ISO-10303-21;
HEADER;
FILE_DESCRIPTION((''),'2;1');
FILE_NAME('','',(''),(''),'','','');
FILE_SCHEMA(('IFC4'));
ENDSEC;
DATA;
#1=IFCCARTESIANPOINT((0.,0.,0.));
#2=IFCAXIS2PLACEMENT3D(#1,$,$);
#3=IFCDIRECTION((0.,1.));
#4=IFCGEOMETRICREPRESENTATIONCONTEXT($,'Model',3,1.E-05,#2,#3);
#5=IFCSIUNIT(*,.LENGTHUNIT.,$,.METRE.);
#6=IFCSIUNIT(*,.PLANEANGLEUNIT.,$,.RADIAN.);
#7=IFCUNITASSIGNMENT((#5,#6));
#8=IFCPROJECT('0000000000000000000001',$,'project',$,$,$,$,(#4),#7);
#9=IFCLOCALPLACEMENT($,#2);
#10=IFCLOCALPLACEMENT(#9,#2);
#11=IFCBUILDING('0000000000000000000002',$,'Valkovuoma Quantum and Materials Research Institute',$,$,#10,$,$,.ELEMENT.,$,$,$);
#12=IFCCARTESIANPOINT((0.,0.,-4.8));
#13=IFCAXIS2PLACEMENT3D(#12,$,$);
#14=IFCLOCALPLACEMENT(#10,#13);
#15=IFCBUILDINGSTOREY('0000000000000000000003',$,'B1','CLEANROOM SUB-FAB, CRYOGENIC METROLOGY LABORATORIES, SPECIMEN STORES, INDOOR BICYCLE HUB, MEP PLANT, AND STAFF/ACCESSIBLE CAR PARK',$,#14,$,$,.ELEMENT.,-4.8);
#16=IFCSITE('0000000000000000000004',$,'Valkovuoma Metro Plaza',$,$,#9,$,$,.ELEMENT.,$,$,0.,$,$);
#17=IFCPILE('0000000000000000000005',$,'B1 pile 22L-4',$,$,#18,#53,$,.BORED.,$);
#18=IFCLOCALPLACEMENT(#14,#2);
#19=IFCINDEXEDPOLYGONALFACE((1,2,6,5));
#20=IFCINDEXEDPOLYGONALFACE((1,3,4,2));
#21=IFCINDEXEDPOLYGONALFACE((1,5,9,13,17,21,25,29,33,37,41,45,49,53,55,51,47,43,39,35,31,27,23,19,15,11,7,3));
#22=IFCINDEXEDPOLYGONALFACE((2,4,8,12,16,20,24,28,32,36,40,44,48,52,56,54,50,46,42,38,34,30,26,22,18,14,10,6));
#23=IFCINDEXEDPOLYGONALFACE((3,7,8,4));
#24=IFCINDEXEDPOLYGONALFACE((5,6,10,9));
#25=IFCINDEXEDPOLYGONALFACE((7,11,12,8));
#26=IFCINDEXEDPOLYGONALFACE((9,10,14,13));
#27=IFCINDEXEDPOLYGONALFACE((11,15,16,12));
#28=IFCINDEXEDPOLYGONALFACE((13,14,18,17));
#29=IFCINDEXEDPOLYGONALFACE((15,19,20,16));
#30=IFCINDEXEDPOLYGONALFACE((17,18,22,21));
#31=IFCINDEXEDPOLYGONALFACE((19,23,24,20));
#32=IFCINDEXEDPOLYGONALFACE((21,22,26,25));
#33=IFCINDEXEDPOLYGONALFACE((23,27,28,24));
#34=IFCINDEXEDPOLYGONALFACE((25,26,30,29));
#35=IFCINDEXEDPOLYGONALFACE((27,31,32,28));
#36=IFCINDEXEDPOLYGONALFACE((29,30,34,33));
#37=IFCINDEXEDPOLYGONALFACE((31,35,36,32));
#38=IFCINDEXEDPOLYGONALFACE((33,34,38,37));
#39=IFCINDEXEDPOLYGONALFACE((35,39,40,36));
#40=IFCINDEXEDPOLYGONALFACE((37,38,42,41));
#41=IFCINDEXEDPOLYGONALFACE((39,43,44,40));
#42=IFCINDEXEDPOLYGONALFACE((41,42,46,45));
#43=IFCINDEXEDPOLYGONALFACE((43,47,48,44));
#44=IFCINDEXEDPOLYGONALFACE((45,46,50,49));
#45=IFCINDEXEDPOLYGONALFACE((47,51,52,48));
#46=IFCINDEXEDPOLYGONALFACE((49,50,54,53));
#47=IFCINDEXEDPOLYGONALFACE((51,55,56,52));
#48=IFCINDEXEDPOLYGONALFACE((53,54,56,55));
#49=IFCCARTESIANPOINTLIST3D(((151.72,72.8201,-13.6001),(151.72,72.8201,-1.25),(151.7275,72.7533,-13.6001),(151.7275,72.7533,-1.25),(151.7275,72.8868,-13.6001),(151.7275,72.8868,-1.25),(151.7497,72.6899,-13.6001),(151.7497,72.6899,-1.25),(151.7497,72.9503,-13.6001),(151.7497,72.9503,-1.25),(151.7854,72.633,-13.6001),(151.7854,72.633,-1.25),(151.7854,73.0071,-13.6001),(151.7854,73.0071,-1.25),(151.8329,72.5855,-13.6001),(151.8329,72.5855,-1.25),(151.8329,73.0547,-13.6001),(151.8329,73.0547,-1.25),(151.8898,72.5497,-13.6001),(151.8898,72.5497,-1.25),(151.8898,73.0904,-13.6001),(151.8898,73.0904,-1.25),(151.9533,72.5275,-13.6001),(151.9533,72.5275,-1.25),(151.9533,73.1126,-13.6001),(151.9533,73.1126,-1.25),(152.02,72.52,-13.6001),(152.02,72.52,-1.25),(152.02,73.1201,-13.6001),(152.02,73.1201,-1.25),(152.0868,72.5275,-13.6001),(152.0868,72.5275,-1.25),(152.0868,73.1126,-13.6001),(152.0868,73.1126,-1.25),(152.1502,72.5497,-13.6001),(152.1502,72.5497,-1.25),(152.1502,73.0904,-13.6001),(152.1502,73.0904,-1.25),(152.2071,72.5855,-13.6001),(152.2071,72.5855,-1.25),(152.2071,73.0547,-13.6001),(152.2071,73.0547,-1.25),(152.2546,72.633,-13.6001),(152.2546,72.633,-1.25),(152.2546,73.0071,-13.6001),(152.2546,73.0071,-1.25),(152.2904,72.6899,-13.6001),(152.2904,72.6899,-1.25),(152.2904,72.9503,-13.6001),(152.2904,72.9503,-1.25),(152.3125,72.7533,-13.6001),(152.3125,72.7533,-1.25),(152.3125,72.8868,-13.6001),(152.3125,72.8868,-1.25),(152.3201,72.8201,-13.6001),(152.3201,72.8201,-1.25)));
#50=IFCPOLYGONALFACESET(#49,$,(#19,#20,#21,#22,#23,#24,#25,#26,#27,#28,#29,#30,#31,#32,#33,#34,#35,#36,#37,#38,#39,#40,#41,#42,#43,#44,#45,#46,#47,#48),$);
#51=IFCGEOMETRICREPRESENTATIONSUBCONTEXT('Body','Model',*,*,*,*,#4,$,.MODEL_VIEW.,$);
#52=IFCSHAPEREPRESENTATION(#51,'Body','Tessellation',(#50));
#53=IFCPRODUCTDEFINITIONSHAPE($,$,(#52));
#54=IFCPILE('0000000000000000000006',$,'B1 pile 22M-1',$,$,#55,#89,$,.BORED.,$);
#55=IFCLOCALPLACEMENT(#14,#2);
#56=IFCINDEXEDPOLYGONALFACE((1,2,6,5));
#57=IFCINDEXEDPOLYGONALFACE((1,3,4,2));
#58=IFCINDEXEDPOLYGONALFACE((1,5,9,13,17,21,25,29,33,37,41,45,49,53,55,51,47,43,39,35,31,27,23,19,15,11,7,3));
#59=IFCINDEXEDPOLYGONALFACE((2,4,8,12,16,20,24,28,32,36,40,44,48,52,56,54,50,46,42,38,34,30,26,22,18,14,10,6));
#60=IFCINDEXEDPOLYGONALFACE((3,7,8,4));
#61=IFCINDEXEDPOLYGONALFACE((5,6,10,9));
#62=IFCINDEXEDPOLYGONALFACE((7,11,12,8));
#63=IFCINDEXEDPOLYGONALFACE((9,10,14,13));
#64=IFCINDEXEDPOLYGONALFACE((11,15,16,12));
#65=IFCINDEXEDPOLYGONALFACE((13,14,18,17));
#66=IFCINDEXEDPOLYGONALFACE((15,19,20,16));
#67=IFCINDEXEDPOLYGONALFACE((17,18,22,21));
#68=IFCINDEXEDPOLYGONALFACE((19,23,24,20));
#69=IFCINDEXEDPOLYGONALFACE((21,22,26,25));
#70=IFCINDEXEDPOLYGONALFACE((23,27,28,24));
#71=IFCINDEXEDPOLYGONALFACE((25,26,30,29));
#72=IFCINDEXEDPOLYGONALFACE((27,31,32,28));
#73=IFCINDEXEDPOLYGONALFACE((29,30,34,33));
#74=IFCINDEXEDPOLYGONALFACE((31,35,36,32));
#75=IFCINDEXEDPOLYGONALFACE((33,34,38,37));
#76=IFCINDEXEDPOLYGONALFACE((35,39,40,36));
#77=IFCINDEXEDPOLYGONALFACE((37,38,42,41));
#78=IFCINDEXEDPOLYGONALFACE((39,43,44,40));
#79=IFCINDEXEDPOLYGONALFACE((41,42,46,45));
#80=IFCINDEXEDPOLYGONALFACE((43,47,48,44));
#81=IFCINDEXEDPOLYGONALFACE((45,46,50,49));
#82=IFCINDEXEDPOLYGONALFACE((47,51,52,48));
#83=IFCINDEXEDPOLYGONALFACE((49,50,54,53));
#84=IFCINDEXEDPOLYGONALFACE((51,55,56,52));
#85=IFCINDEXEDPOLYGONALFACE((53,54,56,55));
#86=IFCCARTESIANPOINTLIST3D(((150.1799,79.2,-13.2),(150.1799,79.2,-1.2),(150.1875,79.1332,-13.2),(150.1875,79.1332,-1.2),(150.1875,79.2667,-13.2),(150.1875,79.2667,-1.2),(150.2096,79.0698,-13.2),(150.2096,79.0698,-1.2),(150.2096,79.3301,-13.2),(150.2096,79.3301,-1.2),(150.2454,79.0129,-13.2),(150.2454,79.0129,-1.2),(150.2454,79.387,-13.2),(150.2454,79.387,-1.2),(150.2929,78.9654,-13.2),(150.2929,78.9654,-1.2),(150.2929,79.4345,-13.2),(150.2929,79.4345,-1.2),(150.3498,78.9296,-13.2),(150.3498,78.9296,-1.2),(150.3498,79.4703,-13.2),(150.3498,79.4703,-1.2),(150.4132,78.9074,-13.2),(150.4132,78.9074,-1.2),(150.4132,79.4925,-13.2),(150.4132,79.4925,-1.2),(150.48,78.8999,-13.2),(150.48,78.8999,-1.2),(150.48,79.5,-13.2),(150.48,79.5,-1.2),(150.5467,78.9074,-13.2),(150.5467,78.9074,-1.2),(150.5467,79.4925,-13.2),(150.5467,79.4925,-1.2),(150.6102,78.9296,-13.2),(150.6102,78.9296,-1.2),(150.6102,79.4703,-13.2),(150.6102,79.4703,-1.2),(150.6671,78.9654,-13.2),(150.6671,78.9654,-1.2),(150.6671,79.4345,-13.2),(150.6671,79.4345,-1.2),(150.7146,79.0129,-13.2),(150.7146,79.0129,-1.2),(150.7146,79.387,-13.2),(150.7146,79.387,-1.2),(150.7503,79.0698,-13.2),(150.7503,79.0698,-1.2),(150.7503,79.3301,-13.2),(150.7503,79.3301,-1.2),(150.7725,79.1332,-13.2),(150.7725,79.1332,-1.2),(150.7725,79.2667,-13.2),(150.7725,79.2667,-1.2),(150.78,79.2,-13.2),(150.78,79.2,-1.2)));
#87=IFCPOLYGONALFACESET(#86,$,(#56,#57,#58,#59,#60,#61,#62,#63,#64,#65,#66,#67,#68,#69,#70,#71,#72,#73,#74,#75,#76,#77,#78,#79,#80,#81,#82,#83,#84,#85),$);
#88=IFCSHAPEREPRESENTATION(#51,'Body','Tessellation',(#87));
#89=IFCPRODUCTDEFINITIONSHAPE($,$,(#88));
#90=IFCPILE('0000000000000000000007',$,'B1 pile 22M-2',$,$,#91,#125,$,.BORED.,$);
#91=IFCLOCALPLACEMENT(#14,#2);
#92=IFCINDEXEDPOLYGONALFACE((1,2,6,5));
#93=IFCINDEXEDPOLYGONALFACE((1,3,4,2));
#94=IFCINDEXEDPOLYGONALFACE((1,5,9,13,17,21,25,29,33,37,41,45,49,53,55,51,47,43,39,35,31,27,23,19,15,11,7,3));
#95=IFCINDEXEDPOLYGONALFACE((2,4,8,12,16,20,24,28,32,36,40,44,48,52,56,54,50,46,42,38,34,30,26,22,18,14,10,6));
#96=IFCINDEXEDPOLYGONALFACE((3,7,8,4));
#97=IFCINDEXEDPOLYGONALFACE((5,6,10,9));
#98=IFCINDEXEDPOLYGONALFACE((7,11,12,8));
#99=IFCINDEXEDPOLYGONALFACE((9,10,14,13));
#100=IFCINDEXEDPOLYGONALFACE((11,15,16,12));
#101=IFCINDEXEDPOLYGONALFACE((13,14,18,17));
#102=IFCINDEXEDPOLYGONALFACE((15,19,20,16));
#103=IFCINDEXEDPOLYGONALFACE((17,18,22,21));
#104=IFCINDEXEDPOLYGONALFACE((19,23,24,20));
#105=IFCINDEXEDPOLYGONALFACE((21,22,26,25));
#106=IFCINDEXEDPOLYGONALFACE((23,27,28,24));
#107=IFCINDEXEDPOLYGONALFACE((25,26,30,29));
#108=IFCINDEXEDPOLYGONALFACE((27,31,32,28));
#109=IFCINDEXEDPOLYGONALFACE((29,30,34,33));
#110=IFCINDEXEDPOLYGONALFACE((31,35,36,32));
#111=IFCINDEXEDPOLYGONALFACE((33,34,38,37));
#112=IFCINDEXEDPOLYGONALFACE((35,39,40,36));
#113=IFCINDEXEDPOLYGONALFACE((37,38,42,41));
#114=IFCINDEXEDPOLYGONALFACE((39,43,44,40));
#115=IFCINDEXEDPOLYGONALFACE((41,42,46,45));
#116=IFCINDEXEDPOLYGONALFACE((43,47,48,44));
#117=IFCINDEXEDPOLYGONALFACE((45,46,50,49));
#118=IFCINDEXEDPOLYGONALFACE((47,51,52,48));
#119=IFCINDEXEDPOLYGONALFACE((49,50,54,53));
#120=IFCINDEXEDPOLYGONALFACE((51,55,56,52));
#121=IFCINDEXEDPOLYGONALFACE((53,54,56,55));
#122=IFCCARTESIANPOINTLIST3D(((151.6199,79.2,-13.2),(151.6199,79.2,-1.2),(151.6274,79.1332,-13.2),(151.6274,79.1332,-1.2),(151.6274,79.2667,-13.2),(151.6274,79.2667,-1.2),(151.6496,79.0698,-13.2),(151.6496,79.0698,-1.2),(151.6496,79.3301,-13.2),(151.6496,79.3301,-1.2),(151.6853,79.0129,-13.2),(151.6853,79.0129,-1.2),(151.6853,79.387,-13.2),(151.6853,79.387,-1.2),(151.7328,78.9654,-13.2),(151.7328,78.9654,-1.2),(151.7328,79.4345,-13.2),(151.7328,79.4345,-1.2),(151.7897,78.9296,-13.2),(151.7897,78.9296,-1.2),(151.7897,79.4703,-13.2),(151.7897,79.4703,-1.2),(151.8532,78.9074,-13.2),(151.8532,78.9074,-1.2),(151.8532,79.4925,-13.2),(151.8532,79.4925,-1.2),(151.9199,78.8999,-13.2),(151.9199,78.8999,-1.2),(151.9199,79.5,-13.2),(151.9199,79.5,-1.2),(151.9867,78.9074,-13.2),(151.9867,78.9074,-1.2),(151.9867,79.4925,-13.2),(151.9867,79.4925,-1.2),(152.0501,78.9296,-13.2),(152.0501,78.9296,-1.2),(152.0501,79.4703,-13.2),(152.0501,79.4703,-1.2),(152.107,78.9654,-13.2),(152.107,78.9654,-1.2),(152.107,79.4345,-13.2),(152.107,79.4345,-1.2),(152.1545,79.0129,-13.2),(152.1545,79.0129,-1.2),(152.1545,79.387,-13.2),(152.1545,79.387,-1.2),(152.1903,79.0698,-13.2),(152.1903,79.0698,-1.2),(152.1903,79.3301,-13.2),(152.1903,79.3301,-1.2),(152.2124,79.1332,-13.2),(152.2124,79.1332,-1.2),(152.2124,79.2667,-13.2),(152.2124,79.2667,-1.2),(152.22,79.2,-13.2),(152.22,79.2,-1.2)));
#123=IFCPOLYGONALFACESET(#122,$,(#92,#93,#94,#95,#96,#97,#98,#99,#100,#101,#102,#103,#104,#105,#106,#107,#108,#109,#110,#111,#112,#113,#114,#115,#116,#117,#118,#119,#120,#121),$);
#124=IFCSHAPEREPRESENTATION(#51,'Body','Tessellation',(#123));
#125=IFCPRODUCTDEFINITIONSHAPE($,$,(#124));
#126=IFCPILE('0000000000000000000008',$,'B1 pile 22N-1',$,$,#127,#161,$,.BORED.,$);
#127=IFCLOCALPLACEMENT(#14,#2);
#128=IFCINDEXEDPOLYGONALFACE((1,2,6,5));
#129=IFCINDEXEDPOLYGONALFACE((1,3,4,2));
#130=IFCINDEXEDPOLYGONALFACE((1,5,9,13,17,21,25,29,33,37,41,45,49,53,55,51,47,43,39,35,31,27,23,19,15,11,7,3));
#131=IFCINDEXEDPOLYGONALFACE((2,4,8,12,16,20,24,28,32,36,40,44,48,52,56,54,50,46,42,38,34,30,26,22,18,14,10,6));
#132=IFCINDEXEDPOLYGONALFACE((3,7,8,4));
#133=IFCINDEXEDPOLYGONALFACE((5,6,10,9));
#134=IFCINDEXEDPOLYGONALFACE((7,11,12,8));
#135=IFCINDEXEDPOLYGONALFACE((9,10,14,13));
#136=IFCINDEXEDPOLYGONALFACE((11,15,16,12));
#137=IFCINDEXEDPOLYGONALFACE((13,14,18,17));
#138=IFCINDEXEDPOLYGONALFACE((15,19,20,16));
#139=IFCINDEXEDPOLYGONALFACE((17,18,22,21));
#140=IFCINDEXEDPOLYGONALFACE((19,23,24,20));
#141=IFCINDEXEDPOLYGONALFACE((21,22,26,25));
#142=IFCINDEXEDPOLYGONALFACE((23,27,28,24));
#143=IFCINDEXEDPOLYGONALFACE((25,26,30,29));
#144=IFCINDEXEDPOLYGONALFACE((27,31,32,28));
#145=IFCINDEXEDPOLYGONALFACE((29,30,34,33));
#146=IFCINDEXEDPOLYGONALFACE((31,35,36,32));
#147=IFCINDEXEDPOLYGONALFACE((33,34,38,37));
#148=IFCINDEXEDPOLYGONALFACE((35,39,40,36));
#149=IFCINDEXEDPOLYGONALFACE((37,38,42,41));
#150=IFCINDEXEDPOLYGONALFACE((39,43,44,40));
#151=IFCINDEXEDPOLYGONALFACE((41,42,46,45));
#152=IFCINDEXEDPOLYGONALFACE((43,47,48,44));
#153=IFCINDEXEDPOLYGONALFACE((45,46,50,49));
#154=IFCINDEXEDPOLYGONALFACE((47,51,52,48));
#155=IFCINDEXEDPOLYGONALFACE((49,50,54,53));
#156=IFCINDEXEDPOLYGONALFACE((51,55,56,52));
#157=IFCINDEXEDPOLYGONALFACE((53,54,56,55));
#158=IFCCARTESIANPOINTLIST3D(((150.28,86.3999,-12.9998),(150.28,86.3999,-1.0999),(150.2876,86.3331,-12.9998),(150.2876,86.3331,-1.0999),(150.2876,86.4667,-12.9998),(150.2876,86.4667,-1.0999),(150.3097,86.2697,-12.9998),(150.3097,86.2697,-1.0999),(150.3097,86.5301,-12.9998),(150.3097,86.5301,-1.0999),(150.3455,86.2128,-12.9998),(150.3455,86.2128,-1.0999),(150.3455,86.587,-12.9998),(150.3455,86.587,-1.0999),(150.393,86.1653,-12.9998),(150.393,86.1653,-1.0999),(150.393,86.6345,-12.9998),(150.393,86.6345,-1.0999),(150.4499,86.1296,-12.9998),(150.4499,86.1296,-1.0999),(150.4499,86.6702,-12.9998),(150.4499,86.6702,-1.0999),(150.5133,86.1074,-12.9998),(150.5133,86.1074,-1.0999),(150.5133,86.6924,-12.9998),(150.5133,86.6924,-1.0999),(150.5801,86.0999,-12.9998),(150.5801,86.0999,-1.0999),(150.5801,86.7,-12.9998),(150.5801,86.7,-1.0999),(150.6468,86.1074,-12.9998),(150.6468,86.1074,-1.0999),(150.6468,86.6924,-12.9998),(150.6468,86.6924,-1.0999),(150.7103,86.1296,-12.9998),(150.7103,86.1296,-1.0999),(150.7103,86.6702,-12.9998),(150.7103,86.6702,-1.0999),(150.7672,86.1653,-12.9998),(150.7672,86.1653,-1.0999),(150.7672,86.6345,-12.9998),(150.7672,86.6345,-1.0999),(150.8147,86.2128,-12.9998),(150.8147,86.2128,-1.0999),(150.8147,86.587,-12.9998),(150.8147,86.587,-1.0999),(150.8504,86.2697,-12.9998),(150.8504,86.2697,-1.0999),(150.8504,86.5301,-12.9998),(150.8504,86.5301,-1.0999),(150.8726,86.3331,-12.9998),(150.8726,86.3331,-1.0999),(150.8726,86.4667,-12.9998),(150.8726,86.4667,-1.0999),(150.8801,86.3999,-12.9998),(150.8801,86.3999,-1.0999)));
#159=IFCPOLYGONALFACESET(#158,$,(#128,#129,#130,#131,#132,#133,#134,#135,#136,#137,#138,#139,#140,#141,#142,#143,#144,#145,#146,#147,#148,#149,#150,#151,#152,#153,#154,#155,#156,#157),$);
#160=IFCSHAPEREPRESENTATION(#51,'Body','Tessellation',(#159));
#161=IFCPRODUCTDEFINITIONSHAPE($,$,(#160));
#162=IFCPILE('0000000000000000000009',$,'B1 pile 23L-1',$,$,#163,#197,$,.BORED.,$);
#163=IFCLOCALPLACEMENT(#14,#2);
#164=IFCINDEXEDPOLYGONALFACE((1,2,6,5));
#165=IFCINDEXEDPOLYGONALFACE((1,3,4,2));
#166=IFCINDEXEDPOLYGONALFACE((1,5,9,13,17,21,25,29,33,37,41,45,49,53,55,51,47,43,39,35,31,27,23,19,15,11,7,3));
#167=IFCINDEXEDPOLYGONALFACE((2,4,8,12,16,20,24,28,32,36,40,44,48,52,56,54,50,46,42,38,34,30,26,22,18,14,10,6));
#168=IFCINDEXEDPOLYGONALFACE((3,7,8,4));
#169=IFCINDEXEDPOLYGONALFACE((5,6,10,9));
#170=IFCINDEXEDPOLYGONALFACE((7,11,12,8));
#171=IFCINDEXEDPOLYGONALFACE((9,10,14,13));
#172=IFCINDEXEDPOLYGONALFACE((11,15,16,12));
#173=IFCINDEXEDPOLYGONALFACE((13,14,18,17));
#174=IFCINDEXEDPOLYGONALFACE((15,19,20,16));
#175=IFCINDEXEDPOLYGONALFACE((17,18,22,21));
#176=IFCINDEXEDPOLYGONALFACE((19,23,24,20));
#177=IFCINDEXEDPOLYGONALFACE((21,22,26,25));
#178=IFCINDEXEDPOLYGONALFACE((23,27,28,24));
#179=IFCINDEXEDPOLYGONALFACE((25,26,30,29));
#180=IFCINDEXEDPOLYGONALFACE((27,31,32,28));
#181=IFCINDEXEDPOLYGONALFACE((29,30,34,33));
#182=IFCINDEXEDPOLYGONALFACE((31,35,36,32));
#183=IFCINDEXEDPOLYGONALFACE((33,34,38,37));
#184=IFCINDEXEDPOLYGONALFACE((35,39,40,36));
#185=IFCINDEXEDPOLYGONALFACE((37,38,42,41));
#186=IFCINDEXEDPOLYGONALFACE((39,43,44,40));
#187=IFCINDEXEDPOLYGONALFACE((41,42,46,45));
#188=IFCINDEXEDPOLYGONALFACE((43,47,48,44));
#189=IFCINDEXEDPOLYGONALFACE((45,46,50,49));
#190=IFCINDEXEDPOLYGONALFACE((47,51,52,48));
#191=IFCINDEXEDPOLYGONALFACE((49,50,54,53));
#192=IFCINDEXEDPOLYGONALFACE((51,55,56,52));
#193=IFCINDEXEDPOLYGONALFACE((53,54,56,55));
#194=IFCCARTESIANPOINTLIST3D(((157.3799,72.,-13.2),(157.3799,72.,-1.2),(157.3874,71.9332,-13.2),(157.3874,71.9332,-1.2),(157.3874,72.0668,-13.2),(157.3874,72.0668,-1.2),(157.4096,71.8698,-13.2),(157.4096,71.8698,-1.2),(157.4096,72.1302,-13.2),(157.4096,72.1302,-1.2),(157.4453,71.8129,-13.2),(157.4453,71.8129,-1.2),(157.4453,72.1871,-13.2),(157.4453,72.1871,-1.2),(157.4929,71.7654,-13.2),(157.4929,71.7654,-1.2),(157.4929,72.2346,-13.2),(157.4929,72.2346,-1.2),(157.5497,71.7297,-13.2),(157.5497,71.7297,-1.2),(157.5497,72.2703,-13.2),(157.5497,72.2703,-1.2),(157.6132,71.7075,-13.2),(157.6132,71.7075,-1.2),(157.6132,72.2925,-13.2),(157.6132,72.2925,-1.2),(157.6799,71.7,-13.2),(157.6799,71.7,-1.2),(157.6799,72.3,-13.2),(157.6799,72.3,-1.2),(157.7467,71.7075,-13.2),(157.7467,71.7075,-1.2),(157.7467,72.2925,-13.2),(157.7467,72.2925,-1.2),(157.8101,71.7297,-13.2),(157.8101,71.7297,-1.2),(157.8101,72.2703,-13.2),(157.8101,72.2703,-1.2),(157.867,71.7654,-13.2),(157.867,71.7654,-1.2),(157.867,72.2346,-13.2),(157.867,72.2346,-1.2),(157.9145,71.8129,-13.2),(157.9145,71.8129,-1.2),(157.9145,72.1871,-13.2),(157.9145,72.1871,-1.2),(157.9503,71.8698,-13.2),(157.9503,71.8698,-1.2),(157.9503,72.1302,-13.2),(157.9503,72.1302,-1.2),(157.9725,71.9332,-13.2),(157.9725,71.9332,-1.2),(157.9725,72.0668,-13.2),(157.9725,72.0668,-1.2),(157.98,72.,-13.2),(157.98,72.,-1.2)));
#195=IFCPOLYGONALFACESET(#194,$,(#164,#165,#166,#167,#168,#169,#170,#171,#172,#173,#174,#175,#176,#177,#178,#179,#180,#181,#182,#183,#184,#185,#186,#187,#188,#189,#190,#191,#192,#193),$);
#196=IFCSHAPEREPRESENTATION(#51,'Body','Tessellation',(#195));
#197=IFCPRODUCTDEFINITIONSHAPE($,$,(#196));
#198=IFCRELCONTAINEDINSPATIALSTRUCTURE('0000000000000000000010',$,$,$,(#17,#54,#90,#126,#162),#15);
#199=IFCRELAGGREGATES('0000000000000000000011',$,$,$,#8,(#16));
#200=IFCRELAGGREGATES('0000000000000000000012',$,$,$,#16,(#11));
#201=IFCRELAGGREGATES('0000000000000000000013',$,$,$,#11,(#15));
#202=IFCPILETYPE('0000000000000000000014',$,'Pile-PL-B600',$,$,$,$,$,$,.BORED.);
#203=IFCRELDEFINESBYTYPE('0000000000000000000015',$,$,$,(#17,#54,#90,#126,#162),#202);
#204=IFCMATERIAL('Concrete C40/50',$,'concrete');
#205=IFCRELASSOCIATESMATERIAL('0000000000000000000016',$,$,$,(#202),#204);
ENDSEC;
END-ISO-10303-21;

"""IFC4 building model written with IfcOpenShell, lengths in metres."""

from ifc_helpers import new_model, si_unit, direction, frame, origin, origin_2d, place, context, subcontext, project, spatial, circle, extrude, material, material_profile, profile_set, type_object, element, save


model = new_model("IFC4")

# Units and contexts
model_context = context("Model", 3, precision=1e-05, world=origin(), true_north=direction((0.0, 1.0)))
body_context = subcontext(model_context, "Body", "Model", "MODEL_VIEW")
ifc_project = project(units=[si_unit("LENGTHUNIT", "METRE"), si_unit("PLANEANGLEUNIT", "RADIAN")], contexts=[model_context])

# Site, building, storey
site_placement = place(None, origin())
site = spatial("IfcSite", under=ifc_project, at=site_placement, Name="Valkovuoma Metro Plaza", CompositionType="ELEMENT", RefElevation=0.0)
building_placement = place(site_placement, origin())
building = spatial("IfcBuilding", under=site, at=building_placement, Name="Valkovuoma Quantum and Materials Research Institute", CompositionType="ELEMENT")
storey_placement = place(building_placement, frame((0.0, 0.0, -4.8)))
storey = spatial("IfcBuildingStorey", under=building, at=storey_placement, Name="B1", Description="CLEANROOM SUB-FAB, CRYOGENIC METROLOGY LABORATORIES, SPECIMEN STORES, INDOOR BICYCLE HUB, MEP PLANT, AND STAFF/ACCESSIBLE CAR PARK", CompositionType="ELEMENT", Elevation=-4.8)

# Piles
ifc_material_1 = material(Name="Concrete C40/50", Category="concrete")
ifc_material_profile_1 = material_profile(ifc_material_1, circle(Radius=0.3, at=origin_2d()), Name="Concrete C40/50")
ifc_profile_set_1 = profile_set([ifc_material_profile_1], Name="Concrete C40/50")
pile_type_1 = type_object("IfcPileType", Name="Pile-PL-B600", PredefinedType="BORED", material=ifc_profile_set_1)
for number, where, z_axis, x_axis, name in (
    (1, (152.02, 72.8201, -1.25), (0.0, 0.0, -1.0), (1.0, 0.0, 0.0), "B1 pile 22L-4"),
):
    element("IfcPile", number, at=place(storey_placement, frame(where, z_axis=z_axis, x_axis=x_axis)), inside=storey, type_object=pile_type_1, Name=name, PredefinedType="BORED", context=body_context, shape_type="SweptSolid", body=[
        extrude(circle(Radius=0.3, at=origin_2d()), origin(), (0.0, 0.0, 1.0), 12.3501),
    ])
for number, where, z_axis, x_axis, name in (
    (2, (150.48, 79.2, -1.2), (0.0, 0.0, -1.0), (1.0, 0.0, 0.0), "B1 pile 22M-1"),
    (3, (151.9199, 79.2, -1.2), (0.0, 0.0, -1.0), (1.0, 0.0, 0.0), "B1 pile 22M-2"),
):
    element("IfcPile", number, at=place(storey_placement, frame(where, z_axis=z_axis, x_axis=x_axis)), inside=storey, type_object=pile_type_1, Name=name, PredefinedType="BORED", context=body_context, shape_type="SweptSolid", body=[
        extrude(circle(Radius=0.3, at=origin_2d()), origin(), (0.0, 0.0, 1.0), 12.0),
    ])
pile_1_placement = place(storey_placement, frame((150.5801, 86.3999, -1.0999), z_axis=(0.0, 0.0, -1.0), x_axis=(1.0, 0.0, 0.0)))
element("IfcPile", 4, at=pile_1_placement, inside=storey, type_object=pile_type_1, Name="B1 pile 22N-1", PredefinedType="BORED", context=body_context, shape_type="SweptSolid", body=[
    extrude(circle(Radius=0.3, at=origin_2d()), origin(), (0.0, 0.0, 1.0), 11.8999),
])
pile_2_placement = place(storey_placement, frame((157.6799, 72.0, -1.2), z_axis=(0.0, 0.0, -1.0), x_axis=(1.0, 0.0, 0.0)))
element("IfcPile", 5, at=pile_2_placement, inside=storey, type_object=pile_type_1, Name="B1 pile 23L-1", PredefinedType="BORED", context=body_context, shape_type="SweptSolid", body=[
    extrude(circle(Radius=0.3, at=origin_2d()), origin(), (0.0, 0.0, 1.0), 12.0),
])

save(model, "model.ifc")
